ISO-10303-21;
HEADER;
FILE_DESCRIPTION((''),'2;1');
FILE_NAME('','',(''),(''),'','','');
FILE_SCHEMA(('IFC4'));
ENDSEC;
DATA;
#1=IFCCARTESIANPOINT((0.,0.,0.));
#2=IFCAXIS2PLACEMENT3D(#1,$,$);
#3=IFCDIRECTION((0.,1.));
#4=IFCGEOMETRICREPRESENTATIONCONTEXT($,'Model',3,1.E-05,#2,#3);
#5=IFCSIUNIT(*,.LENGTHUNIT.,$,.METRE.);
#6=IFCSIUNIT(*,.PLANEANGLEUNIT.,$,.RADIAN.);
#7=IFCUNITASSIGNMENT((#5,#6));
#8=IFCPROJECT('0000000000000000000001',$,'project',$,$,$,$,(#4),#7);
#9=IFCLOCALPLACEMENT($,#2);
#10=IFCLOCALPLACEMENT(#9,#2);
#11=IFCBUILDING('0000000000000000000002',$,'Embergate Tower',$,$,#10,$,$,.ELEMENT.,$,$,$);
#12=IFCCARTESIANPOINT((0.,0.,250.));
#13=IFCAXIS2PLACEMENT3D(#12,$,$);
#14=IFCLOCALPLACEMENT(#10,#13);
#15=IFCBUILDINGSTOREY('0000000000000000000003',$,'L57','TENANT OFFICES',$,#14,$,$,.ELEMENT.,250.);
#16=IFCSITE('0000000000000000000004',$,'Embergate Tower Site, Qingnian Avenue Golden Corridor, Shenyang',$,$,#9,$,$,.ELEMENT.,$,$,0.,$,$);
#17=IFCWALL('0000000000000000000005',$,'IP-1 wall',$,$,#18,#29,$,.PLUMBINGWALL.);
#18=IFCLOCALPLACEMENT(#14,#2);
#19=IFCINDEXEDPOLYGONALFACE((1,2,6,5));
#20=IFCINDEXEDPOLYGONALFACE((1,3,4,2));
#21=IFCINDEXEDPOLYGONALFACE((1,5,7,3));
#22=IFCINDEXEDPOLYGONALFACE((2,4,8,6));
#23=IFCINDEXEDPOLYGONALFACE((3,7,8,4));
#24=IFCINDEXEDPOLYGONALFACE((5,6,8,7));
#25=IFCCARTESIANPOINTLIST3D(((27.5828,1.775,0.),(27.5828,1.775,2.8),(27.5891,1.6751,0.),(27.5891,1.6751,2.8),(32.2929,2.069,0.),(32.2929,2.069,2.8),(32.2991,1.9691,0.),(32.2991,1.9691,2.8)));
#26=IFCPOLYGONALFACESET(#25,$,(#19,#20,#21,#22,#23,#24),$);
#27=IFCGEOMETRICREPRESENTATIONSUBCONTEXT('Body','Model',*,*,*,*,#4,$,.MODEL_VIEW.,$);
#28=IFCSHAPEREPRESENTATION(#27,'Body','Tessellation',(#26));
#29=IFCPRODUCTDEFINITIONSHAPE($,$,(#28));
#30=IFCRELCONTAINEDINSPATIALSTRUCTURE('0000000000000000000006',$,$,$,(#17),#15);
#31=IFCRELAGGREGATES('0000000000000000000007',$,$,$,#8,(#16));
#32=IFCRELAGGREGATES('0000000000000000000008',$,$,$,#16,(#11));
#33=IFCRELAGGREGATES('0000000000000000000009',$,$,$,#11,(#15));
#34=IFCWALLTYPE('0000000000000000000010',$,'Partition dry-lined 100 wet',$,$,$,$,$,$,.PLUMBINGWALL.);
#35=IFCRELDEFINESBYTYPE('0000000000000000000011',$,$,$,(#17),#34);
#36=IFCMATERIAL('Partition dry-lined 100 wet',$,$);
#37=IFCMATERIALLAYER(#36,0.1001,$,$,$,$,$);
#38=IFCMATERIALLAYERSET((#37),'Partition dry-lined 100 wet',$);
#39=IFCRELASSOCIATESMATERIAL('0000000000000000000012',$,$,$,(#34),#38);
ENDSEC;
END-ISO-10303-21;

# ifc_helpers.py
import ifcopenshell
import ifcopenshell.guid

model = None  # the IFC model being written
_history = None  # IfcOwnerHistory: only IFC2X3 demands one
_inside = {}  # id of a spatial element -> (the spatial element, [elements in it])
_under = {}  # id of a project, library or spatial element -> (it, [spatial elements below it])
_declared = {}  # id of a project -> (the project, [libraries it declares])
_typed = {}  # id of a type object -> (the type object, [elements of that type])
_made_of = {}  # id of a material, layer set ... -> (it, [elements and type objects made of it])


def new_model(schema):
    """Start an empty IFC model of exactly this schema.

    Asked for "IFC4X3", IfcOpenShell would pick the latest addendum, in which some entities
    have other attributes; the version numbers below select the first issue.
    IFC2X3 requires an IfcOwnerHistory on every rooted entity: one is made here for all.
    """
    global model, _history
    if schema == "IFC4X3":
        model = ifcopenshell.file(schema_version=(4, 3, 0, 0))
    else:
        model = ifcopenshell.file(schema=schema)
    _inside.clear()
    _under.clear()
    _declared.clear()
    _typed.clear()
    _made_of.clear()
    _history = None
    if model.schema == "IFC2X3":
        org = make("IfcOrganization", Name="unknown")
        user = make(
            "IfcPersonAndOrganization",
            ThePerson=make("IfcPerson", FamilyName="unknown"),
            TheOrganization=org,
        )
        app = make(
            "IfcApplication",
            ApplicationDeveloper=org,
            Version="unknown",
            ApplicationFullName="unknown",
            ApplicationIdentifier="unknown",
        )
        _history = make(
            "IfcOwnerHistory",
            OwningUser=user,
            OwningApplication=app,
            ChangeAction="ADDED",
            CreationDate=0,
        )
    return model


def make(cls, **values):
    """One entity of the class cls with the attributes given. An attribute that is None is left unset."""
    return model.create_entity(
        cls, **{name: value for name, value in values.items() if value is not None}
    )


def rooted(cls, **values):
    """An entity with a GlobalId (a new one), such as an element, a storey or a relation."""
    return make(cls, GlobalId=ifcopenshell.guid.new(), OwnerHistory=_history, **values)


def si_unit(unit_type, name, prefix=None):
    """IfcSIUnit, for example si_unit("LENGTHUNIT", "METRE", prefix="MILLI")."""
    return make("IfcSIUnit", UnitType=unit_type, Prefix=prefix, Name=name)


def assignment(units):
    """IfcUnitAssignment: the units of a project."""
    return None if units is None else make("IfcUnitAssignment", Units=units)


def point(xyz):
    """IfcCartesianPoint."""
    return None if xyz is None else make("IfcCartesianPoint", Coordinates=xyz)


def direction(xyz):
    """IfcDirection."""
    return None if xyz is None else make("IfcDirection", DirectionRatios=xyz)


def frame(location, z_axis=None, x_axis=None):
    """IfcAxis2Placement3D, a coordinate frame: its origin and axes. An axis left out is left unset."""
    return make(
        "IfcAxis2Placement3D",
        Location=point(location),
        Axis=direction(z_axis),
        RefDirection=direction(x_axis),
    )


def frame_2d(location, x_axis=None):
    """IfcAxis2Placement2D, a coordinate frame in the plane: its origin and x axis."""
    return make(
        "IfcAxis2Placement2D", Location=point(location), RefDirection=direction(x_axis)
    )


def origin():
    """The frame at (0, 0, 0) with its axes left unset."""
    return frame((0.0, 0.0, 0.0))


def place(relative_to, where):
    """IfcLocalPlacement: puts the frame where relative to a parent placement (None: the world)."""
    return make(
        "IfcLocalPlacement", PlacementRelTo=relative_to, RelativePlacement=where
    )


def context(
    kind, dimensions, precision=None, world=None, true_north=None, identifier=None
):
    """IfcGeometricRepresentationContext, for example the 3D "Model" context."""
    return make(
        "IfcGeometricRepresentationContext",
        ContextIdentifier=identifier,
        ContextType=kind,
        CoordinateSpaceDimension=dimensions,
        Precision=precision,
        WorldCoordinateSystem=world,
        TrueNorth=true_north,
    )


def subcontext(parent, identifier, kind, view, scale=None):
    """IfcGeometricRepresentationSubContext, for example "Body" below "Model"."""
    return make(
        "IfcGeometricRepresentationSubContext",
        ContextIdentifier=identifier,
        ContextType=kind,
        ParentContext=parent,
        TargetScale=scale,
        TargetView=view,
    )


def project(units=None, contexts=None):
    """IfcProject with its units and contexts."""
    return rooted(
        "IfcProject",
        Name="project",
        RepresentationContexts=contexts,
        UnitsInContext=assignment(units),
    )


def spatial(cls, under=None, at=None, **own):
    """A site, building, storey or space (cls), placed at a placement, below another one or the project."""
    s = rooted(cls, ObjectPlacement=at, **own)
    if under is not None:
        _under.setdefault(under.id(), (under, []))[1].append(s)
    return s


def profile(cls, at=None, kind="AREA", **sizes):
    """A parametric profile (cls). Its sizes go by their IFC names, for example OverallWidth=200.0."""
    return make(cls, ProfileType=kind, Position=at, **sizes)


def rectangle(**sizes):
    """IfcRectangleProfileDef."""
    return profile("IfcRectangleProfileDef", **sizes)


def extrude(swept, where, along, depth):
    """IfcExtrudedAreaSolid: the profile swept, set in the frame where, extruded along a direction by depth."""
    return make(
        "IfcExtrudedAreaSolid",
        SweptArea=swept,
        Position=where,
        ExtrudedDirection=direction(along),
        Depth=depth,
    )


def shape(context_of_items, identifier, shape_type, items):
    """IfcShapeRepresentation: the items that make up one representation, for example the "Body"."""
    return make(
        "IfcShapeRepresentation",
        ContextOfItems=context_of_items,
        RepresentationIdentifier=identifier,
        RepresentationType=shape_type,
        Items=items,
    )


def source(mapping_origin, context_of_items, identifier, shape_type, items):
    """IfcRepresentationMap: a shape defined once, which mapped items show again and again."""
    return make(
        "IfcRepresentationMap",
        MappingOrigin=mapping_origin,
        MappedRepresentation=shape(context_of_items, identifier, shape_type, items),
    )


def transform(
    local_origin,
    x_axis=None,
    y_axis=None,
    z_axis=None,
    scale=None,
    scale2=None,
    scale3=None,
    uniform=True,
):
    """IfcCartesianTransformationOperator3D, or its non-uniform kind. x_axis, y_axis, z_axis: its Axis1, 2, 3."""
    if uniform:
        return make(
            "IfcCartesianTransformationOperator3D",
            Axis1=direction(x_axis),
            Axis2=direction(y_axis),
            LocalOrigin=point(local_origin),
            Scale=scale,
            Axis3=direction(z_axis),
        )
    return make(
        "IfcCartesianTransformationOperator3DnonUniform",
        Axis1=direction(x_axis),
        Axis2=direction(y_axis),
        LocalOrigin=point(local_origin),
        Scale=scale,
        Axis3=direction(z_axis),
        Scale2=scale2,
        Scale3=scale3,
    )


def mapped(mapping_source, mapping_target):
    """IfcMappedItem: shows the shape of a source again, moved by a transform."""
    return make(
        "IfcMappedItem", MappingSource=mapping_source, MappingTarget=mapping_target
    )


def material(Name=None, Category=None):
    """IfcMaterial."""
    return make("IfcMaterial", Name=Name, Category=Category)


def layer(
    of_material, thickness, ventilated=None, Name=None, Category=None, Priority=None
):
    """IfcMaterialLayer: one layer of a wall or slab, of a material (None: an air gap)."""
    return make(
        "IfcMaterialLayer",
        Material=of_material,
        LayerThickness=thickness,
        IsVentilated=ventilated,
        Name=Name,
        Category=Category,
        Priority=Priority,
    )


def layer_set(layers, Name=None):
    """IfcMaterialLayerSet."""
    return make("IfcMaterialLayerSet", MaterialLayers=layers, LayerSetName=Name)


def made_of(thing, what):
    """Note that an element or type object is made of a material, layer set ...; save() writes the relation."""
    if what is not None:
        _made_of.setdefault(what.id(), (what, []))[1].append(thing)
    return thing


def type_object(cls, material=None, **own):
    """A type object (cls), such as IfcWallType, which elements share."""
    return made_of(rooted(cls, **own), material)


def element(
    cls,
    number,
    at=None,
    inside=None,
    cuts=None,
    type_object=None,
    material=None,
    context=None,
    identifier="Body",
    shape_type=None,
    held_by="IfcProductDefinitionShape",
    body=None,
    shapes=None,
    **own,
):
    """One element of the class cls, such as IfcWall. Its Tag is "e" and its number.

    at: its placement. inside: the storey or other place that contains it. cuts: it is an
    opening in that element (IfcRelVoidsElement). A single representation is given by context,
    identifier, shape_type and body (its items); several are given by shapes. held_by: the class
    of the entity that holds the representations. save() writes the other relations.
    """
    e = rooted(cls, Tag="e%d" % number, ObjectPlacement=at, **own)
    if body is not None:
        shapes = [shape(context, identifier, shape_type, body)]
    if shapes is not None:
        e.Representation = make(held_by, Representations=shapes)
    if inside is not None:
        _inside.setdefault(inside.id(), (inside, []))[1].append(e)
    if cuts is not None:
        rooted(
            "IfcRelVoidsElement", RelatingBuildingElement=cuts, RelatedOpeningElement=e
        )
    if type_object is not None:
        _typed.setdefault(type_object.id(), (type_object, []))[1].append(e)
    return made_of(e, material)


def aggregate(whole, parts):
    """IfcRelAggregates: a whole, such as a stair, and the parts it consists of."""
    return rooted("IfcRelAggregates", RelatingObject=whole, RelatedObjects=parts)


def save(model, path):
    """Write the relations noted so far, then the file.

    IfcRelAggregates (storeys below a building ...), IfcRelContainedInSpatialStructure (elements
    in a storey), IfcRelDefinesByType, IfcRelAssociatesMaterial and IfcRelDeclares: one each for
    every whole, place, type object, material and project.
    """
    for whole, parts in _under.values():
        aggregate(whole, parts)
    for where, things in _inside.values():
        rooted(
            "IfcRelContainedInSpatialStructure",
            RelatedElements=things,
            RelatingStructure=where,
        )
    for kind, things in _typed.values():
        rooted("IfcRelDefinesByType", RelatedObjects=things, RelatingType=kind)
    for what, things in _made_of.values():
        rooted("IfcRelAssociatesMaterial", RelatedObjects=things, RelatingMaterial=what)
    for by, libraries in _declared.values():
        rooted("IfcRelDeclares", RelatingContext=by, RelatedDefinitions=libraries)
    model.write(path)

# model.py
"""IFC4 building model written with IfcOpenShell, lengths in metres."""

from ifc_helpers import new_model, si_unit, direction, frame, frame_2d, origin, place, context, subcontext, project, spatial, rectangle, extrude, source, transform, mapped, material, layer, layer_set, type_object, element, save


model = new_model("IFC4")

# Units and contexts
model_context = context("Model", 3, precision=1e-05, world=origin(), true_north=direction((0.0, 1.0)))
body_context = subcontext(model_context, "Body", "Model", "MODEL_VIEW")
ifc_project = project(units=[si_unit("LENGTHUNIT", "METRE"), si_unit("PLANEANGLEUNIT", "RADIAN")], contexts=[model_context])

# Site, building, storey
site_placement = place(None, origin())
site = spatial("IfcSite", under=ifc_project, at=site_placement, Name="Embergate Tower Site, Qingnian Avenue Golden Corridor, Shenyang", CompositionType="ELEMENT", RefElevation=0.0)
building_placement = place(site_placement, origin())
building = spatial("IfcBuilding", under=site, at=building_placement, Name="Embergate Tower", CompositionType="ELEMENT")
storey_placement = place(building_placement, frame((0.0, 0.0, 250.0)))
storey = spatial("IfcBuildingStorey", under=building, at=storey_placement, Name="L57", Description="TENANT OFFICES", CompositionType="ELEMENT", Elevation=250.0)

# Wall
ifc_material_1 = material(Name="Partition dry-lined 100 wet")
ifc_layer_1 = layer(ifc_material_1, 0.1001)
ifc_layer_set_1 = layer_set([ifc_layer_1], Name="Partition dry-lined 100 wet")
wall_type_1 = type_object("IfcWallType", Name="Partition dry-lined 100 wet", PredefinedType="PLUMBINGWALL", material=ifc_layer_set_1)
shared_shape_1 = source(origin(), body_context, "Body", "SweptSolid", [
    extrude(rectangle(XDim=4.7192, YDim=0.1001, at=frame_2d((2.3596, 0.0))), origin(), (0.0, 0.0, 1.0), 2.8),
])
wall_1_placement = place(storey_placement, frame((27.5859, 1.7251, 0.0), z_axis=(0.0, 0.0, 1.0), x_axis=(0.998058, 0.062288, 0.0)))
element("IfcWall", 1, at=wall_1_placement, inside=storey, type_object=wall_type_1, Name="IP-1 wall", PredefinedType="PLUMBINGWALL", context=body_context, shape_type="MappedRepresentation", body=[
    mapped(shared_shape_1, transform((0.0, 0.0, 0.0))),
])

save(model, "model.ifc")
